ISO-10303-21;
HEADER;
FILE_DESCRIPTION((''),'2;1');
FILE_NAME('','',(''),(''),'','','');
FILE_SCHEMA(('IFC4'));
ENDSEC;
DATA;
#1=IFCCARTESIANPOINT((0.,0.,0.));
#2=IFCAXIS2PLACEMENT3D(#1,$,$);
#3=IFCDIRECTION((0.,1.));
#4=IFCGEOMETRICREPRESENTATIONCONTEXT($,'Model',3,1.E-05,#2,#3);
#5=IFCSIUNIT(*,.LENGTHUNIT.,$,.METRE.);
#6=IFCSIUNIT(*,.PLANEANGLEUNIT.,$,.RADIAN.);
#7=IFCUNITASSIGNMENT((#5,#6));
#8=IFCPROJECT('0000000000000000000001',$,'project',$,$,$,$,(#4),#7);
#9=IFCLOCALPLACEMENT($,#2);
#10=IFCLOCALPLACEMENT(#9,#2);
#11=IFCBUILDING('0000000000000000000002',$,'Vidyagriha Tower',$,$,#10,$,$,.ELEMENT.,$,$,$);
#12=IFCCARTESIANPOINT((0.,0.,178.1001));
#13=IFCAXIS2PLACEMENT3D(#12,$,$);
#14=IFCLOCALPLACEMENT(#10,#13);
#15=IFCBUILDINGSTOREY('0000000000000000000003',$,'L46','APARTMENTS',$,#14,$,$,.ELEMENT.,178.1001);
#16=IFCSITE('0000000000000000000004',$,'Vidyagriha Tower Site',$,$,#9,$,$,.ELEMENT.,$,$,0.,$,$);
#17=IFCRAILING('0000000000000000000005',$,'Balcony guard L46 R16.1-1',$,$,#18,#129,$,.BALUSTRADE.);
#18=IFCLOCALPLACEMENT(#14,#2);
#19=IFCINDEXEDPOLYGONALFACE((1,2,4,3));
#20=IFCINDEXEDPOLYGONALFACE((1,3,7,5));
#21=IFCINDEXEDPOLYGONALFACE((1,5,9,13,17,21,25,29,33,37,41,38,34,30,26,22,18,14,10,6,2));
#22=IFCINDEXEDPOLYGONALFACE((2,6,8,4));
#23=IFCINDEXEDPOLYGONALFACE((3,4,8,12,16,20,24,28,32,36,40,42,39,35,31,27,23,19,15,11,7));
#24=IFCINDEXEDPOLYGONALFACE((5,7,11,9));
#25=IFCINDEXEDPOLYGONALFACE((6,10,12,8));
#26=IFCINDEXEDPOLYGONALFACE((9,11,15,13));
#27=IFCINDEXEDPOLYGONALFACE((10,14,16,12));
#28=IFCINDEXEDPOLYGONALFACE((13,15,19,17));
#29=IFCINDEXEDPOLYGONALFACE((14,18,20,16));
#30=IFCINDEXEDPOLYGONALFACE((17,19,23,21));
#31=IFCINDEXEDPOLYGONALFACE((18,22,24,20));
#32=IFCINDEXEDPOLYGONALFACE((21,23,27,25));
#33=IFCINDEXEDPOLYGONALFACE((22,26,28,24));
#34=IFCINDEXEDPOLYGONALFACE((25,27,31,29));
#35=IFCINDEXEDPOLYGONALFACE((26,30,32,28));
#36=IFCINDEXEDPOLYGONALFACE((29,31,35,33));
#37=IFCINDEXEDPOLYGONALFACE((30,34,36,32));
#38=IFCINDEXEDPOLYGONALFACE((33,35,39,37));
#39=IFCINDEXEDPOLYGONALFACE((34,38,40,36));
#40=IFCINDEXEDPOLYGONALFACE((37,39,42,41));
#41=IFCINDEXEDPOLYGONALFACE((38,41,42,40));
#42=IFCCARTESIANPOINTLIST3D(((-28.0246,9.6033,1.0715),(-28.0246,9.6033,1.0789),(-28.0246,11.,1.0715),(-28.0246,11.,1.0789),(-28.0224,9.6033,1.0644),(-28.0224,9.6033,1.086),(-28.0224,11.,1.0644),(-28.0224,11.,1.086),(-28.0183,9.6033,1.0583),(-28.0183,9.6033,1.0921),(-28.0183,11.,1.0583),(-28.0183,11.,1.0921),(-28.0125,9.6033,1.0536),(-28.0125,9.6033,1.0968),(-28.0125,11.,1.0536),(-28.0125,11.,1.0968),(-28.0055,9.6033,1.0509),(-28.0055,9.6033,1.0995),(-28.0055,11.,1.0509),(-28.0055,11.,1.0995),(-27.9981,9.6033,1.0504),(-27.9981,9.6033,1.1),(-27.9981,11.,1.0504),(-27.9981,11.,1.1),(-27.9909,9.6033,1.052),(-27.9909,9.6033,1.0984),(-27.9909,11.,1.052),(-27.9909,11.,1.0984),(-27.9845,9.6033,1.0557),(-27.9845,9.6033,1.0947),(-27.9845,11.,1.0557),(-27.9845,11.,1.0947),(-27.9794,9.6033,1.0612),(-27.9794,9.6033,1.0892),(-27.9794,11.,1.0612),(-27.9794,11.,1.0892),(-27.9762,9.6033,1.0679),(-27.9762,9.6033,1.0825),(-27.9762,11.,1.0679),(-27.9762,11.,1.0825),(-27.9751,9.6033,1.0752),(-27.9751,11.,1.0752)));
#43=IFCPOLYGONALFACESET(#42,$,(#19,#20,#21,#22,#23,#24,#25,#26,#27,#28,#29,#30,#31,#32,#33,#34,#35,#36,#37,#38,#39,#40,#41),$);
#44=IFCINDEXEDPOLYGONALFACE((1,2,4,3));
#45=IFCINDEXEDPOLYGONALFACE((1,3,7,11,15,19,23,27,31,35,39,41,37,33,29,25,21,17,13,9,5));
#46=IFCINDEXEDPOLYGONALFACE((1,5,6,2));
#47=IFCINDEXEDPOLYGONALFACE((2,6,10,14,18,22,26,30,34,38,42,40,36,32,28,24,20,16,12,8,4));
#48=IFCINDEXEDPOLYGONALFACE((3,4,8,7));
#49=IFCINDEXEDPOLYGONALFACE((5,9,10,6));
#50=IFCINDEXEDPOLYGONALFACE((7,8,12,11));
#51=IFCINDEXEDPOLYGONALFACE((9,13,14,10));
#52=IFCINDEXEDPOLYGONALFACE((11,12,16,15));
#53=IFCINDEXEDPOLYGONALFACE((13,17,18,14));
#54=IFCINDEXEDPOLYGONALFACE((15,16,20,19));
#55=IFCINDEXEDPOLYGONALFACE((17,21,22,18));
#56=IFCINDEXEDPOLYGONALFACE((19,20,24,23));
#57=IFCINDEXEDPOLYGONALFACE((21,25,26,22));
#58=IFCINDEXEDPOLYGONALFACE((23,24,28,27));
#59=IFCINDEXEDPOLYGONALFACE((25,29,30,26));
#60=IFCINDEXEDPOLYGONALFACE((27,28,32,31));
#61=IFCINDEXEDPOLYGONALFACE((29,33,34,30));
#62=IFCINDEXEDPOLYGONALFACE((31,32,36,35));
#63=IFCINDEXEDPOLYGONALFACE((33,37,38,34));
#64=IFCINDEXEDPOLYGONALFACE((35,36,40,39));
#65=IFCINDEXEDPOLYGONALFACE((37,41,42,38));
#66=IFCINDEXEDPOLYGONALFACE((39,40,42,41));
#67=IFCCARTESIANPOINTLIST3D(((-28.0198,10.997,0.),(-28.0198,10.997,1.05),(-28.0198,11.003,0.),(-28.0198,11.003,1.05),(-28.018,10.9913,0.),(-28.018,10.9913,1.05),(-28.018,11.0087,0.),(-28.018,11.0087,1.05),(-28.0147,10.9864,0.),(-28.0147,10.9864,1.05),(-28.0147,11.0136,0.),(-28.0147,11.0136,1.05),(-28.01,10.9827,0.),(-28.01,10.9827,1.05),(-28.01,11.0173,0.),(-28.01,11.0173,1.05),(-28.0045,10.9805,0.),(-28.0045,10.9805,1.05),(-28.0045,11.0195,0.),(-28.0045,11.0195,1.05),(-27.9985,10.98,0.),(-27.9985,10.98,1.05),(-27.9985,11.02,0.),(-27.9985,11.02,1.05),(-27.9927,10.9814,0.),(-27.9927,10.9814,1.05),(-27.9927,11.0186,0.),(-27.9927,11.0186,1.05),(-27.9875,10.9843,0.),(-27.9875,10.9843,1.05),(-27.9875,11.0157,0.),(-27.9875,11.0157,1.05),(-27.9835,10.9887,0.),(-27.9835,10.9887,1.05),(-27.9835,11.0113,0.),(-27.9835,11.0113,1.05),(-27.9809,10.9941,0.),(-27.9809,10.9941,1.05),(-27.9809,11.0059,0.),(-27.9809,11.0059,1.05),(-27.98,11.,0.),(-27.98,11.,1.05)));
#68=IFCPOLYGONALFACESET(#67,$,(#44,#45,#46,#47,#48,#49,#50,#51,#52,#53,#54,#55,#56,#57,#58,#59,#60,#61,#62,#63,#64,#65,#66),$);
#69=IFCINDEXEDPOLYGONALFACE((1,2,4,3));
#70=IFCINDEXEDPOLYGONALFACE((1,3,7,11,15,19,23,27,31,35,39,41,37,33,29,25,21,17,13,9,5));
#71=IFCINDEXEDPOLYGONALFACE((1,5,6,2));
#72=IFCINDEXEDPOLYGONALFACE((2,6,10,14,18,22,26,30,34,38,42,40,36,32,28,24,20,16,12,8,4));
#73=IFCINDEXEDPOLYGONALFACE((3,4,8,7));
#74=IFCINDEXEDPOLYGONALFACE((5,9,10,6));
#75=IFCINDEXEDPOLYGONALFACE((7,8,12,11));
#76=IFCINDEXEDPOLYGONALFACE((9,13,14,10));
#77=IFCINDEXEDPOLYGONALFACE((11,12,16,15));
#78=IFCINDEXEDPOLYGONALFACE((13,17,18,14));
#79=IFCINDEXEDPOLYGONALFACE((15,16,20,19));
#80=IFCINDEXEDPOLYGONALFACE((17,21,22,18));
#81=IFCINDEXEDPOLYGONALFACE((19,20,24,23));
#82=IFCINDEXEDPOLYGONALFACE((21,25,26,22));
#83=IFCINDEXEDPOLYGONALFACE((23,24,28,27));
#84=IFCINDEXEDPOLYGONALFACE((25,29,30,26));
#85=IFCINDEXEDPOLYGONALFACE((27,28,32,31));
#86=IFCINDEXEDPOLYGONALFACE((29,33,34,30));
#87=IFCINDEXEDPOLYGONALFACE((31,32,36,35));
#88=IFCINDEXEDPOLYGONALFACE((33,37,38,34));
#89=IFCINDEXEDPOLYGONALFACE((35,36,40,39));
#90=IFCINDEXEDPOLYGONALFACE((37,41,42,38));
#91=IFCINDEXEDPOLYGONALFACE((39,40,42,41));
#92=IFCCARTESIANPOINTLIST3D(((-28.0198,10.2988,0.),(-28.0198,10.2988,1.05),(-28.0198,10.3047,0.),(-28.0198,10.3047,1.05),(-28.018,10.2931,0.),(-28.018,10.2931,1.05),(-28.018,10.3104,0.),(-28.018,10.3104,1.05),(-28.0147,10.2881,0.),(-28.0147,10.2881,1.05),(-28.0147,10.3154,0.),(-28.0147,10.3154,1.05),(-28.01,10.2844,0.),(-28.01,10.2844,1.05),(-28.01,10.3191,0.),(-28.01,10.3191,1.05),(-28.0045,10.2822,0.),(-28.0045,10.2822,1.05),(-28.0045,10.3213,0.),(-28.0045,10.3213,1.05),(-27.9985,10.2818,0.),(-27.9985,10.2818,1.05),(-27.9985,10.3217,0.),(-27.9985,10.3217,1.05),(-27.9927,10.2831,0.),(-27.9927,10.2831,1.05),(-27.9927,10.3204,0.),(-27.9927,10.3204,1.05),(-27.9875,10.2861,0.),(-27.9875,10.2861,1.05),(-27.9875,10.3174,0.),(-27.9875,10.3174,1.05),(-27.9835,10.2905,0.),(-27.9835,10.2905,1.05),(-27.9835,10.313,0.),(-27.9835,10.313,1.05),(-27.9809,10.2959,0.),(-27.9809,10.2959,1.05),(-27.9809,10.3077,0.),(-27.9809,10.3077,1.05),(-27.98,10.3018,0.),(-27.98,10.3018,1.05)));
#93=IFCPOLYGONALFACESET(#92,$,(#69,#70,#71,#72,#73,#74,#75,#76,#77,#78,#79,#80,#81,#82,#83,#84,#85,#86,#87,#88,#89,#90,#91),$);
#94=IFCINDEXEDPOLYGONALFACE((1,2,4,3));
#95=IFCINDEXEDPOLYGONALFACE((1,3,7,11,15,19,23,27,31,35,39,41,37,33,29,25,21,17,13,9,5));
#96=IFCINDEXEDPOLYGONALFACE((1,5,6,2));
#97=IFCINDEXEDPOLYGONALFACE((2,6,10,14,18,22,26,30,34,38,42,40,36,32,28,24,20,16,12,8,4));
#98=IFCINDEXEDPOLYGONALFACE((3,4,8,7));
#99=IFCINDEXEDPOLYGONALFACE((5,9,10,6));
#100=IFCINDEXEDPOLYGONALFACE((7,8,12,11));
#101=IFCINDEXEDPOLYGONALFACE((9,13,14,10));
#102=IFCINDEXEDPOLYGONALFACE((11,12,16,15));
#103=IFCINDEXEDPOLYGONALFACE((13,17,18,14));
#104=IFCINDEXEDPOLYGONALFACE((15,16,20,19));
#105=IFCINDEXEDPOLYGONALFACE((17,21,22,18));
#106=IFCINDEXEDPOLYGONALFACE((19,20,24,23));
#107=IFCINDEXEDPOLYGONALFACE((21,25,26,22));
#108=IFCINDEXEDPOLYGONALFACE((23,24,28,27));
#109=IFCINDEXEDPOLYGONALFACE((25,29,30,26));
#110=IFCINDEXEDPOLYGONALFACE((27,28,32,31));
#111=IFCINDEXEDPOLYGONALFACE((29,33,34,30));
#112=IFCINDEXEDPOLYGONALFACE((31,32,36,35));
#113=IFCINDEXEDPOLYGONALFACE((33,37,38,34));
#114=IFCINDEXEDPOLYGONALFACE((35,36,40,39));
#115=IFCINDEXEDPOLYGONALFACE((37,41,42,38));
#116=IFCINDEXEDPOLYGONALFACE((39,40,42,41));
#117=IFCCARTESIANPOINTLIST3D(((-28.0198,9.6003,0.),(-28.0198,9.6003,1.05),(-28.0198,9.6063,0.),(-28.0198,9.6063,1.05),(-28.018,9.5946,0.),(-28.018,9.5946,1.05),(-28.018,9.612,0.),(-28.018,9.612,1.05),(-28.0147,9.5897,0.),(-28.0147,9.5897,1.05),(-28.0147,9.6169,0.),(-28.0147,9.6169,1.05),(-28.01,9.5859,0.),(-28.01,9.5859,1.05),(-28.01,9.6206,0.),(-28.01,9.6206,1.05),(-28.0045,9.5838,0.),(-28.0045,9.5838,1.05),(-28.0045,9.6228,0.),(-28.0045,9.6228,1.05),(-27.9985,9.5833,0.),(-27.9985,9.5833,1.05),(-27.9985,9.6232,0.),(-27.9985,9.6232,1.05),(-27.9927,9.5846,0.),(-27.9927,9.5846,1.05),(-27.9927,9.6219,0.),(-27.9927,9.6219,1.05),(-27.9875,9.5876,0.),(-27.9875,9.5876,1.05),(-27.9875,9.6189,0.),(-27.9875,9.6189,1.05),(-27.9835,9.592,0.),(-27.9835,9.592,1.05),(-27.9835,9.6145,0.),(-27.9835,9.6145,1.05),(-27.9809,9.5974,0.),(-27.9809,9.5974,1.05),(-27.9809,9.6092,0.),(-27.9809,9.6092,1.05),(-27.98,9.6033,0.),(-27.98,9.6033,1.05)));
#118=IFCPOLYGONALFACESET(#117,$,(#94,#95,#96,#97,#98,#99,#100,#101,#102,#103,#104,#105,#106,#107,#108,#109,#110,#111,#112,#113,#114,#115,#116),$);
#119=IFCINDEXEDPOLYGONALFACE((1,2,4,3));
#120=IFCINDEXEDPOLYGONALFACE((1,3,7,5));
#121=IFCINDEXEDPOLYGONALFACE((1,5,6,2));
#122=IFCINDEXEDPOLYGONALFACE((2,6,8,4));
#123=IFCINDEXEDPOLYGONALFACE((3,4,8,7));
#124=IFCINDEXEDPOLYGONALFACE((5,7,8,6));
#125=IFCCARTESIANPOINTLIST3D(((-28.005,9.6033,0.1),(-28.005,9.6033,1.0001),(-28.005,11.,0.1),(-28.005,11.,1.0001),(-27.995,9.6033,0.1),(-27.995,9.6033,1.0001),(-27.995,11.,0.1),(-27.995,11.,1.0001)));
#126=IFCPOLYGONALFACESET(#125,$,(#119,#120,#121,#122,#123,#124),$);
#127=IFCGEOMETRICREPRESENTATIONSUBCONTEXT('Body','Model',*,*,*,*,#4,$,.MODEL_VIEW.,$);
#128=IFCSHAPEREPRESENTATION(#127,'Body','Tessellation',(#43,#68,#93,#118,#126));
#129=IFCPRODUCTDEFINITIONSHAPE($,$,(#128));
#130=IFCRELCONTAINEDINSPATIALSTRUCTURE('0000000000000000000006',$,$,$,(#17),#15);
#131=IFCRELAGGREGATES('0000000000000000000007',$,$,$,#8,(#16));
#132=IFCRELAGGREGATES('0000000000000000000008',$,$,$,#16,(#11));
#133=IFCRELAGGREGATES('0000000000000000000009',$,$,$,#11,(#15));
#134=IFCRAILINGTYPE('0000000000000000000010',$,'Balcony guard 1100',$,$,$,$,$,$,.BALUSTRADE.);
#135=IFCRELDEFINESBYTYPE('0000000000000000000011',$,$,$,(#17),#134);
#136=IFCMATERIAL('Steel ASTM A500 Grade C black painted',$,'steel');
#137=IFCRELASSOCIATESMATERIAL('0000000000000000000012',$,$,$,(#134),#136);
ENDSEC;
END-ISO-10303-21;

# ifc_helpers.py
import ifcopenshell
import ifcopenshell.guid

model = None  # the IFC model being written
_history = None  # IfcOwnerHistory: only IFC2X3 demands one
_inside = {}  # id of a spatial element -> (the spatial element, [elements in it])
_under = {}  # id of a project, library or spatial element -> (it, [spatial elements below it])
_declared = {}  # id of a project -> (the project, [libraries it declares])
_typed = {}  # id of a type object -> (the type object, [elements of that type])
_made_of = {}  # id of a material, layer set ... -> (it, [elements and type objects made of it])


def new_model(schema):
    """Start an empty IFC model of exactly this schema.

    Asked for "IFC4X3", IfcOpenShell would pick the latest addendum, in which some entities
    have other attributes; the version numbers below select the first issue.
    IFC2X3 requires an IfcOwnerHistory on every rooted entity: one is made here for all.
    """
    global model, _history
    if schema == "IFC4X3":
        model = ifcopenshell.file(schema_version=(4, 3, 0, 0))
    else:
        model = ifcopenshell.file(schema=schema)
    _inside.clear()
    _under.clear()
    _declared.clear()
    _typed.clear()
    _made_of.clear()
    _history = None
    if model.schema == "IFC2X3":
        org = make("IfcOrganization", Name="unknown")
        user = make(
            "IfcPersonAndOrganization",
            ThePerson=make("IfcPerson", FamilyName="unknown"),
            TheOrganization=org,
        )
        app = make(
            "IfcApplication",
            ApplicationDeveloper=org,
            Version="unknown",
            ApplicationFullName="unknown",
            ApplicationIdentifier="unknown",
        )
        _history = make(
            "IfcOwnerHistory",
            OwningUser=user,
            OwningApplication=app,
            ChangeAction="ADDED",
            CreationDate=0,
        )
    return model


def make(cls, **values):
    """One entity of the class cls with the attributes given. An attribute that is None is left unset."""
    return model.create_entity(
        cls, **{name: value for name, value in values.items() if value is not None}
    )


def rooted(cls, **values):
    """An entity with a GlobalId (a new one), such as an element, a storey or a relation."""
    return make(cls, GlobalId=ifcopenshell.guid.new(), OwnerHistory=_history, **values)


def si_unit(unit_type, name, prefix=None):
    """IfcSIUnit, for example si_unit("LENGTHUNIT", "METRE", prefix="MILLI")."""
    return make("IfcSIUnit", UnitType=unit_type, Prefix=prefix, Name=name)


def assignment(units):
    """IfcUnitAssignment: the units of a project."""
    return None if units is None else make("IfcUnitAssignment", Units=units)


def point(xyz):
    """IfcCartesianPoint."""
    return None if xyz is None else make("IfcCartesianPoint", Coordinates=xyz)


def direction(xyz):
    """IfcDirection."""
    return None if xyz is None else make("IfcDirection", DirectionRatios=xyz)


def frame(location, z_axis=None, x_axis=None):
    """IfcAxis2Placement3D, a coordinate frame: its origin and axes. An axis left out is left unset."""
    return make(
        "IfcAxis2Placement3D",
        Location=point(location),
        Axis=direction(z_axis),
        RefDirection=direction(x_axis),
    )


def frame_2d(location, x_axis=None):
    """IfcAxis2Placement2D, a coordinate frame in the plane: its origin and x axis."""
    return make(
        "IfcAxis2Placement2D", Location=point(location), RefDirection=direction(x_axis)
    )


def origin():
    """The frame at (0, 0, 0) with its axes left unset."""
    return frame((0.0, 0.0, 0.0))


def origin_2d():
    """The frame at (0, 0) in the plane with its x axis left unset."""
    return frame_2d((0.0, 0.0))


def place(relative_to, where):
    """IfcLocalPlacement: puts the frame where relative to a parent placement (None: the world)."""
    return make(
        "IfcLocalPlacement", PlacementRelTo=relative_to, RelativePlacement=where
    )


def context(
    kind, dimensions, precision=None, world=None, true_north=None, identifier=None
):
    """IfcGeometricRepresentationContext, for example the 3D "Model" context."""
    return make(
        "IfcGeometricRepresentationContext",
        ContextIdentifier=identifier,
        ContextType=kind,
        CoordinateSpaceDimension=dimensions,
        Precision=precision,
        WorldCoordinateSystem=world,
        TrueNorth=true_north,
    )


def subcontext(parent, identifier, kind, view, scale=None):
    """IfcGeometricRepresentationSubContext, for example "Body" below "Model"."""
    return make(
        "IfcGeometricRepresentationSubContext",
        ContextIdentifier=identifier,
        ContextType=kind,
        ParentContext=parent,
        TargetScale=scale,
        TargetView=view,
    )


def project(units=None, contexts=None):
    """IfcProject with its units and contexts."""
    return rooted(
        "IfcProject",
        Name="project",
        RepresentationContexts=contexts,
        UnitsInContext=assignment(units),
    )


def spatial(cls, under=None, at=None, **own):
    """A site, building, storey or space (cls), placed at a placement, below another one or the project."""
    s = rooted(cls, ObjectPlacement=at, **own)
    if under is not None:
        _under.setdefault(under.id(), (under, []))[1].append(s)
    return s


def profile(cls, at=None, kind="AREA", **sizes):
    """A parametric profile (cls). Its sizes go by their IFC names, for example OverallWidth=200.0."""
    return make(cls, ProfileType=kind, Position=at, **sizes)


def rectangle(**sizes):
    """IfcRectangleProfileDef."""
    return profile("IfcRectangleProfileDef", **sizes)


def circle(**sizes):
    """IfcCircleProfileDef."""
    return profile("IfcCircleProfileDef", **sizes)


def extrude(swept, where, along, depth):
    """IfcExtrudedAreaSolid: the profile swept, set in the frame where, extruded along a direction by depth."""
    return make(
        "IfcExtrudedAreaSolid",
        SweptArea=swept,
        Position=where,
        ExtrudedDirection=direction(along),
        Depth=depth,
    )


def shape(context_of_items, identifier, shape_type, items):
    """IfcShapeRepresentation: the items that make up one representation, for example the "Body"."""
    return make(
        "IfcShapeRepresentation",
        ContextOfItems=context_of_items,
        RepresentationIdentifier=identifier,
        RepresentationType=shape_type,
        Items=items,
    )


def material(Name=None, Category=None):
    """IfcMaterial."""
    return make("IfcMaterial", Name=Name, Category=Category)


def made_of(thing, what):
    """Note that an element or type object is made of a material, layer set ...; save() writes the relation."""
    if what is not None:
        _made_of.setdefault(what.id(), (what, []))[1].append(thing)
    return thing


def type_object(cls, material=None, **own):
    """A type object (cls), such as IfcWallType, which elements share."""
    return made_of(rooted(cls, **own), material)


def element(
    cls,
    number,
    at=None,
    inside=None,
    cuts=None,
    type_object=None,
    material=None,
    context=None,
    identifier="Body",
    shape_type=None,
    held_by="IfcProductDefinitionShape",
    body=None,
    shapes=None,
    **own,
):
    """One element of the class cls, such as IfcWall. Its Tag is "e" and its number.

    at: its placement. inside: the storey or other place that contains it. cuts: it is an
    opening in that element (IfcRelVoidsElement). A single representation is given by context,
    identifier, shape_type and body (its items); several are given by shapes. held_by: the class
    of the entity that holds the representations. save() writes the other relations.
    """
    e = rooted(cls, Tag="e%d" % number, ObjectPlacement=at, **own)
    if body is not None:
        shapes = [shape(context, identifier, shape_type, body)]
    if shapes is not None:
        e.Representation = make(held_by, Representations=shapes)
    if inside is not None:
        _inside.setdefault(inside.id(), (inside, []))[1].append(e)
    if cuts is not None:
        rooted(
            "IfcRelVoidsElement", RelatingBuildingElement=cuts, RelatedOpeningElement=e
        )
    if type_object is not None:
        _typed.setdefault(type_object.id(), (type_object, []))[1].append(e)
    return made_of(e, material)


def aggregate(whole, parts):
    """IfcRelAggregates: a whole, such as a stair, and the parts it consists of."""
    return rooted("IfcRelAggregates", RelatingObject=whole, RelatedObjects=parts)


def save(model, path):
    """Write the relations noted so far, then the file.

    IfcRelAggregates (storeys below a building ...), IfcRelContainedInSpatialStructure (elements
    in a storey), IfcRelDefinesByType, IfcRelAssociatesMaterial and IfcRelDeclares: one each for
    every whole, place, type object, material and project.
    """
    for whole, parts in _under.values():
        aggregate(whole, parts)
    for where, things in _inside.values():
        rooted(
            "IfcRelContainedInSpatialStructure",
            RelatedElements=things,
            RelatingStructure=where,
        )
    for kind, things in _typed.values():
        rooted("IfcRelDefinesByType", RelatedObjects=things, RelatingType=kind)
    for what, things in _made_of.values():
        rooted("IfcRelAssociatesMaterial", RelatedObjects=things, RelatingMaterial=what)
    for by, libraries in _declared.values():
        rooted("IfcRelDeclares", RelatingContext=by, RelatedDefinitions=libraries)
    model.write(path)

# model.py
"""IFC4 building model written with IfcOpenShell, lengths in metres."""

from ifc_helpers import new_model, si_unit, direction, frame, origin, origin_2d, place, context, subcontext, project, spatial, rectangle, circle, extrude, material, type_object, element, save


model = new_model("IFC4")

# Units and contexts
model_context = context("Model", 3, precision=1e-05, world=origin(), true_north=direction((0.0, 1.0)))
body_context = subcontext(model_context, "Body", "Model", "MODEL_VIEW")
ifc_project = project(units=[si_unit("LENGTHUNIT", "METRE"), si_unit("PLANEANGLEUNIT", "RADIAN")], contexts=[model_context])

# Site, building, storey
site_placement = place(None, origin())
site = spatial("IfcSite", under=ifc_project, at=site_placement, Name="Vidyagriha Tower Site", CompositionType="ELEMENT", RefElevation=0.0)
building_placement = place(site_placement, origin())
building = spatial("IfcBuilding", under=site, at=building_placement, Name="Vidyagriha Tower", CompositionType="ELEMENT")
storey_placement = place(building_placement, frame((0.0, 0.0, 178.1001)))
storey = spatial("IfcBuildingStorey", under=building, at=storey_placement, Name="L46", Description="APARTMENTS", CompositionType="ELEMENT", Elevation=178.1001)

# Railing
ifc_material_1 = material(Name="Steel ASTM A500 Grade C black painted", Category="steel")
railing_type = type_object("IfcRailingType", Name="Balcony guard 1100", PredefinedType="BALUSTRADE", material=ifc_material_1)
railing_1_placement = place(storey_placement, frame((-28.0, 11.0, 0.0)))
element("IfcRailing", 1, at=railing_1_placement, inside=storey, type_object=railing_type, Name="Balcony guard L46 R16.1-1", PredefinedType="BALUSTRADE", context=body_context, shape_type="SweptSolid", body=[
    extrude(circle(Radius=0.0249, at=origin_2d()), frame((0.0, 0.0, 1.0752), z_axis=(0.0, -1.0, 0.0), x_axis=(1.0, 0.0, 0.0)), (0.0, 0.0, 1.0), 1.3967),
    extrude(circle(Radius=0.02, at=origin_2d()), origin(), (0.0, 0.0, 1.0), 1.05),
    extrude(circle(Radius=0.02, at=origin_2d()), frame((0.0, -0.6982, 0.0)), (0.0, 0.0, 1.0), 1.05),
    extrude(circle(Radius=0.02, at=origin_2d()), frame((0.0, -1.3967, 0.0)), (0.0, 0.0, 1.0), 1.05),
    extrude(rectangle(XDim=0.01, YDim=0.9001, at=origin_2d()), frame((0.0, 0.0, 0.55), z_axis=(0.0, -1.0, 0.0), x_axis=(1.0, 0.0, 0.0)), (0.0, 0.0, 1.0), 1.3967),
])

save(model, "model.ifc")
